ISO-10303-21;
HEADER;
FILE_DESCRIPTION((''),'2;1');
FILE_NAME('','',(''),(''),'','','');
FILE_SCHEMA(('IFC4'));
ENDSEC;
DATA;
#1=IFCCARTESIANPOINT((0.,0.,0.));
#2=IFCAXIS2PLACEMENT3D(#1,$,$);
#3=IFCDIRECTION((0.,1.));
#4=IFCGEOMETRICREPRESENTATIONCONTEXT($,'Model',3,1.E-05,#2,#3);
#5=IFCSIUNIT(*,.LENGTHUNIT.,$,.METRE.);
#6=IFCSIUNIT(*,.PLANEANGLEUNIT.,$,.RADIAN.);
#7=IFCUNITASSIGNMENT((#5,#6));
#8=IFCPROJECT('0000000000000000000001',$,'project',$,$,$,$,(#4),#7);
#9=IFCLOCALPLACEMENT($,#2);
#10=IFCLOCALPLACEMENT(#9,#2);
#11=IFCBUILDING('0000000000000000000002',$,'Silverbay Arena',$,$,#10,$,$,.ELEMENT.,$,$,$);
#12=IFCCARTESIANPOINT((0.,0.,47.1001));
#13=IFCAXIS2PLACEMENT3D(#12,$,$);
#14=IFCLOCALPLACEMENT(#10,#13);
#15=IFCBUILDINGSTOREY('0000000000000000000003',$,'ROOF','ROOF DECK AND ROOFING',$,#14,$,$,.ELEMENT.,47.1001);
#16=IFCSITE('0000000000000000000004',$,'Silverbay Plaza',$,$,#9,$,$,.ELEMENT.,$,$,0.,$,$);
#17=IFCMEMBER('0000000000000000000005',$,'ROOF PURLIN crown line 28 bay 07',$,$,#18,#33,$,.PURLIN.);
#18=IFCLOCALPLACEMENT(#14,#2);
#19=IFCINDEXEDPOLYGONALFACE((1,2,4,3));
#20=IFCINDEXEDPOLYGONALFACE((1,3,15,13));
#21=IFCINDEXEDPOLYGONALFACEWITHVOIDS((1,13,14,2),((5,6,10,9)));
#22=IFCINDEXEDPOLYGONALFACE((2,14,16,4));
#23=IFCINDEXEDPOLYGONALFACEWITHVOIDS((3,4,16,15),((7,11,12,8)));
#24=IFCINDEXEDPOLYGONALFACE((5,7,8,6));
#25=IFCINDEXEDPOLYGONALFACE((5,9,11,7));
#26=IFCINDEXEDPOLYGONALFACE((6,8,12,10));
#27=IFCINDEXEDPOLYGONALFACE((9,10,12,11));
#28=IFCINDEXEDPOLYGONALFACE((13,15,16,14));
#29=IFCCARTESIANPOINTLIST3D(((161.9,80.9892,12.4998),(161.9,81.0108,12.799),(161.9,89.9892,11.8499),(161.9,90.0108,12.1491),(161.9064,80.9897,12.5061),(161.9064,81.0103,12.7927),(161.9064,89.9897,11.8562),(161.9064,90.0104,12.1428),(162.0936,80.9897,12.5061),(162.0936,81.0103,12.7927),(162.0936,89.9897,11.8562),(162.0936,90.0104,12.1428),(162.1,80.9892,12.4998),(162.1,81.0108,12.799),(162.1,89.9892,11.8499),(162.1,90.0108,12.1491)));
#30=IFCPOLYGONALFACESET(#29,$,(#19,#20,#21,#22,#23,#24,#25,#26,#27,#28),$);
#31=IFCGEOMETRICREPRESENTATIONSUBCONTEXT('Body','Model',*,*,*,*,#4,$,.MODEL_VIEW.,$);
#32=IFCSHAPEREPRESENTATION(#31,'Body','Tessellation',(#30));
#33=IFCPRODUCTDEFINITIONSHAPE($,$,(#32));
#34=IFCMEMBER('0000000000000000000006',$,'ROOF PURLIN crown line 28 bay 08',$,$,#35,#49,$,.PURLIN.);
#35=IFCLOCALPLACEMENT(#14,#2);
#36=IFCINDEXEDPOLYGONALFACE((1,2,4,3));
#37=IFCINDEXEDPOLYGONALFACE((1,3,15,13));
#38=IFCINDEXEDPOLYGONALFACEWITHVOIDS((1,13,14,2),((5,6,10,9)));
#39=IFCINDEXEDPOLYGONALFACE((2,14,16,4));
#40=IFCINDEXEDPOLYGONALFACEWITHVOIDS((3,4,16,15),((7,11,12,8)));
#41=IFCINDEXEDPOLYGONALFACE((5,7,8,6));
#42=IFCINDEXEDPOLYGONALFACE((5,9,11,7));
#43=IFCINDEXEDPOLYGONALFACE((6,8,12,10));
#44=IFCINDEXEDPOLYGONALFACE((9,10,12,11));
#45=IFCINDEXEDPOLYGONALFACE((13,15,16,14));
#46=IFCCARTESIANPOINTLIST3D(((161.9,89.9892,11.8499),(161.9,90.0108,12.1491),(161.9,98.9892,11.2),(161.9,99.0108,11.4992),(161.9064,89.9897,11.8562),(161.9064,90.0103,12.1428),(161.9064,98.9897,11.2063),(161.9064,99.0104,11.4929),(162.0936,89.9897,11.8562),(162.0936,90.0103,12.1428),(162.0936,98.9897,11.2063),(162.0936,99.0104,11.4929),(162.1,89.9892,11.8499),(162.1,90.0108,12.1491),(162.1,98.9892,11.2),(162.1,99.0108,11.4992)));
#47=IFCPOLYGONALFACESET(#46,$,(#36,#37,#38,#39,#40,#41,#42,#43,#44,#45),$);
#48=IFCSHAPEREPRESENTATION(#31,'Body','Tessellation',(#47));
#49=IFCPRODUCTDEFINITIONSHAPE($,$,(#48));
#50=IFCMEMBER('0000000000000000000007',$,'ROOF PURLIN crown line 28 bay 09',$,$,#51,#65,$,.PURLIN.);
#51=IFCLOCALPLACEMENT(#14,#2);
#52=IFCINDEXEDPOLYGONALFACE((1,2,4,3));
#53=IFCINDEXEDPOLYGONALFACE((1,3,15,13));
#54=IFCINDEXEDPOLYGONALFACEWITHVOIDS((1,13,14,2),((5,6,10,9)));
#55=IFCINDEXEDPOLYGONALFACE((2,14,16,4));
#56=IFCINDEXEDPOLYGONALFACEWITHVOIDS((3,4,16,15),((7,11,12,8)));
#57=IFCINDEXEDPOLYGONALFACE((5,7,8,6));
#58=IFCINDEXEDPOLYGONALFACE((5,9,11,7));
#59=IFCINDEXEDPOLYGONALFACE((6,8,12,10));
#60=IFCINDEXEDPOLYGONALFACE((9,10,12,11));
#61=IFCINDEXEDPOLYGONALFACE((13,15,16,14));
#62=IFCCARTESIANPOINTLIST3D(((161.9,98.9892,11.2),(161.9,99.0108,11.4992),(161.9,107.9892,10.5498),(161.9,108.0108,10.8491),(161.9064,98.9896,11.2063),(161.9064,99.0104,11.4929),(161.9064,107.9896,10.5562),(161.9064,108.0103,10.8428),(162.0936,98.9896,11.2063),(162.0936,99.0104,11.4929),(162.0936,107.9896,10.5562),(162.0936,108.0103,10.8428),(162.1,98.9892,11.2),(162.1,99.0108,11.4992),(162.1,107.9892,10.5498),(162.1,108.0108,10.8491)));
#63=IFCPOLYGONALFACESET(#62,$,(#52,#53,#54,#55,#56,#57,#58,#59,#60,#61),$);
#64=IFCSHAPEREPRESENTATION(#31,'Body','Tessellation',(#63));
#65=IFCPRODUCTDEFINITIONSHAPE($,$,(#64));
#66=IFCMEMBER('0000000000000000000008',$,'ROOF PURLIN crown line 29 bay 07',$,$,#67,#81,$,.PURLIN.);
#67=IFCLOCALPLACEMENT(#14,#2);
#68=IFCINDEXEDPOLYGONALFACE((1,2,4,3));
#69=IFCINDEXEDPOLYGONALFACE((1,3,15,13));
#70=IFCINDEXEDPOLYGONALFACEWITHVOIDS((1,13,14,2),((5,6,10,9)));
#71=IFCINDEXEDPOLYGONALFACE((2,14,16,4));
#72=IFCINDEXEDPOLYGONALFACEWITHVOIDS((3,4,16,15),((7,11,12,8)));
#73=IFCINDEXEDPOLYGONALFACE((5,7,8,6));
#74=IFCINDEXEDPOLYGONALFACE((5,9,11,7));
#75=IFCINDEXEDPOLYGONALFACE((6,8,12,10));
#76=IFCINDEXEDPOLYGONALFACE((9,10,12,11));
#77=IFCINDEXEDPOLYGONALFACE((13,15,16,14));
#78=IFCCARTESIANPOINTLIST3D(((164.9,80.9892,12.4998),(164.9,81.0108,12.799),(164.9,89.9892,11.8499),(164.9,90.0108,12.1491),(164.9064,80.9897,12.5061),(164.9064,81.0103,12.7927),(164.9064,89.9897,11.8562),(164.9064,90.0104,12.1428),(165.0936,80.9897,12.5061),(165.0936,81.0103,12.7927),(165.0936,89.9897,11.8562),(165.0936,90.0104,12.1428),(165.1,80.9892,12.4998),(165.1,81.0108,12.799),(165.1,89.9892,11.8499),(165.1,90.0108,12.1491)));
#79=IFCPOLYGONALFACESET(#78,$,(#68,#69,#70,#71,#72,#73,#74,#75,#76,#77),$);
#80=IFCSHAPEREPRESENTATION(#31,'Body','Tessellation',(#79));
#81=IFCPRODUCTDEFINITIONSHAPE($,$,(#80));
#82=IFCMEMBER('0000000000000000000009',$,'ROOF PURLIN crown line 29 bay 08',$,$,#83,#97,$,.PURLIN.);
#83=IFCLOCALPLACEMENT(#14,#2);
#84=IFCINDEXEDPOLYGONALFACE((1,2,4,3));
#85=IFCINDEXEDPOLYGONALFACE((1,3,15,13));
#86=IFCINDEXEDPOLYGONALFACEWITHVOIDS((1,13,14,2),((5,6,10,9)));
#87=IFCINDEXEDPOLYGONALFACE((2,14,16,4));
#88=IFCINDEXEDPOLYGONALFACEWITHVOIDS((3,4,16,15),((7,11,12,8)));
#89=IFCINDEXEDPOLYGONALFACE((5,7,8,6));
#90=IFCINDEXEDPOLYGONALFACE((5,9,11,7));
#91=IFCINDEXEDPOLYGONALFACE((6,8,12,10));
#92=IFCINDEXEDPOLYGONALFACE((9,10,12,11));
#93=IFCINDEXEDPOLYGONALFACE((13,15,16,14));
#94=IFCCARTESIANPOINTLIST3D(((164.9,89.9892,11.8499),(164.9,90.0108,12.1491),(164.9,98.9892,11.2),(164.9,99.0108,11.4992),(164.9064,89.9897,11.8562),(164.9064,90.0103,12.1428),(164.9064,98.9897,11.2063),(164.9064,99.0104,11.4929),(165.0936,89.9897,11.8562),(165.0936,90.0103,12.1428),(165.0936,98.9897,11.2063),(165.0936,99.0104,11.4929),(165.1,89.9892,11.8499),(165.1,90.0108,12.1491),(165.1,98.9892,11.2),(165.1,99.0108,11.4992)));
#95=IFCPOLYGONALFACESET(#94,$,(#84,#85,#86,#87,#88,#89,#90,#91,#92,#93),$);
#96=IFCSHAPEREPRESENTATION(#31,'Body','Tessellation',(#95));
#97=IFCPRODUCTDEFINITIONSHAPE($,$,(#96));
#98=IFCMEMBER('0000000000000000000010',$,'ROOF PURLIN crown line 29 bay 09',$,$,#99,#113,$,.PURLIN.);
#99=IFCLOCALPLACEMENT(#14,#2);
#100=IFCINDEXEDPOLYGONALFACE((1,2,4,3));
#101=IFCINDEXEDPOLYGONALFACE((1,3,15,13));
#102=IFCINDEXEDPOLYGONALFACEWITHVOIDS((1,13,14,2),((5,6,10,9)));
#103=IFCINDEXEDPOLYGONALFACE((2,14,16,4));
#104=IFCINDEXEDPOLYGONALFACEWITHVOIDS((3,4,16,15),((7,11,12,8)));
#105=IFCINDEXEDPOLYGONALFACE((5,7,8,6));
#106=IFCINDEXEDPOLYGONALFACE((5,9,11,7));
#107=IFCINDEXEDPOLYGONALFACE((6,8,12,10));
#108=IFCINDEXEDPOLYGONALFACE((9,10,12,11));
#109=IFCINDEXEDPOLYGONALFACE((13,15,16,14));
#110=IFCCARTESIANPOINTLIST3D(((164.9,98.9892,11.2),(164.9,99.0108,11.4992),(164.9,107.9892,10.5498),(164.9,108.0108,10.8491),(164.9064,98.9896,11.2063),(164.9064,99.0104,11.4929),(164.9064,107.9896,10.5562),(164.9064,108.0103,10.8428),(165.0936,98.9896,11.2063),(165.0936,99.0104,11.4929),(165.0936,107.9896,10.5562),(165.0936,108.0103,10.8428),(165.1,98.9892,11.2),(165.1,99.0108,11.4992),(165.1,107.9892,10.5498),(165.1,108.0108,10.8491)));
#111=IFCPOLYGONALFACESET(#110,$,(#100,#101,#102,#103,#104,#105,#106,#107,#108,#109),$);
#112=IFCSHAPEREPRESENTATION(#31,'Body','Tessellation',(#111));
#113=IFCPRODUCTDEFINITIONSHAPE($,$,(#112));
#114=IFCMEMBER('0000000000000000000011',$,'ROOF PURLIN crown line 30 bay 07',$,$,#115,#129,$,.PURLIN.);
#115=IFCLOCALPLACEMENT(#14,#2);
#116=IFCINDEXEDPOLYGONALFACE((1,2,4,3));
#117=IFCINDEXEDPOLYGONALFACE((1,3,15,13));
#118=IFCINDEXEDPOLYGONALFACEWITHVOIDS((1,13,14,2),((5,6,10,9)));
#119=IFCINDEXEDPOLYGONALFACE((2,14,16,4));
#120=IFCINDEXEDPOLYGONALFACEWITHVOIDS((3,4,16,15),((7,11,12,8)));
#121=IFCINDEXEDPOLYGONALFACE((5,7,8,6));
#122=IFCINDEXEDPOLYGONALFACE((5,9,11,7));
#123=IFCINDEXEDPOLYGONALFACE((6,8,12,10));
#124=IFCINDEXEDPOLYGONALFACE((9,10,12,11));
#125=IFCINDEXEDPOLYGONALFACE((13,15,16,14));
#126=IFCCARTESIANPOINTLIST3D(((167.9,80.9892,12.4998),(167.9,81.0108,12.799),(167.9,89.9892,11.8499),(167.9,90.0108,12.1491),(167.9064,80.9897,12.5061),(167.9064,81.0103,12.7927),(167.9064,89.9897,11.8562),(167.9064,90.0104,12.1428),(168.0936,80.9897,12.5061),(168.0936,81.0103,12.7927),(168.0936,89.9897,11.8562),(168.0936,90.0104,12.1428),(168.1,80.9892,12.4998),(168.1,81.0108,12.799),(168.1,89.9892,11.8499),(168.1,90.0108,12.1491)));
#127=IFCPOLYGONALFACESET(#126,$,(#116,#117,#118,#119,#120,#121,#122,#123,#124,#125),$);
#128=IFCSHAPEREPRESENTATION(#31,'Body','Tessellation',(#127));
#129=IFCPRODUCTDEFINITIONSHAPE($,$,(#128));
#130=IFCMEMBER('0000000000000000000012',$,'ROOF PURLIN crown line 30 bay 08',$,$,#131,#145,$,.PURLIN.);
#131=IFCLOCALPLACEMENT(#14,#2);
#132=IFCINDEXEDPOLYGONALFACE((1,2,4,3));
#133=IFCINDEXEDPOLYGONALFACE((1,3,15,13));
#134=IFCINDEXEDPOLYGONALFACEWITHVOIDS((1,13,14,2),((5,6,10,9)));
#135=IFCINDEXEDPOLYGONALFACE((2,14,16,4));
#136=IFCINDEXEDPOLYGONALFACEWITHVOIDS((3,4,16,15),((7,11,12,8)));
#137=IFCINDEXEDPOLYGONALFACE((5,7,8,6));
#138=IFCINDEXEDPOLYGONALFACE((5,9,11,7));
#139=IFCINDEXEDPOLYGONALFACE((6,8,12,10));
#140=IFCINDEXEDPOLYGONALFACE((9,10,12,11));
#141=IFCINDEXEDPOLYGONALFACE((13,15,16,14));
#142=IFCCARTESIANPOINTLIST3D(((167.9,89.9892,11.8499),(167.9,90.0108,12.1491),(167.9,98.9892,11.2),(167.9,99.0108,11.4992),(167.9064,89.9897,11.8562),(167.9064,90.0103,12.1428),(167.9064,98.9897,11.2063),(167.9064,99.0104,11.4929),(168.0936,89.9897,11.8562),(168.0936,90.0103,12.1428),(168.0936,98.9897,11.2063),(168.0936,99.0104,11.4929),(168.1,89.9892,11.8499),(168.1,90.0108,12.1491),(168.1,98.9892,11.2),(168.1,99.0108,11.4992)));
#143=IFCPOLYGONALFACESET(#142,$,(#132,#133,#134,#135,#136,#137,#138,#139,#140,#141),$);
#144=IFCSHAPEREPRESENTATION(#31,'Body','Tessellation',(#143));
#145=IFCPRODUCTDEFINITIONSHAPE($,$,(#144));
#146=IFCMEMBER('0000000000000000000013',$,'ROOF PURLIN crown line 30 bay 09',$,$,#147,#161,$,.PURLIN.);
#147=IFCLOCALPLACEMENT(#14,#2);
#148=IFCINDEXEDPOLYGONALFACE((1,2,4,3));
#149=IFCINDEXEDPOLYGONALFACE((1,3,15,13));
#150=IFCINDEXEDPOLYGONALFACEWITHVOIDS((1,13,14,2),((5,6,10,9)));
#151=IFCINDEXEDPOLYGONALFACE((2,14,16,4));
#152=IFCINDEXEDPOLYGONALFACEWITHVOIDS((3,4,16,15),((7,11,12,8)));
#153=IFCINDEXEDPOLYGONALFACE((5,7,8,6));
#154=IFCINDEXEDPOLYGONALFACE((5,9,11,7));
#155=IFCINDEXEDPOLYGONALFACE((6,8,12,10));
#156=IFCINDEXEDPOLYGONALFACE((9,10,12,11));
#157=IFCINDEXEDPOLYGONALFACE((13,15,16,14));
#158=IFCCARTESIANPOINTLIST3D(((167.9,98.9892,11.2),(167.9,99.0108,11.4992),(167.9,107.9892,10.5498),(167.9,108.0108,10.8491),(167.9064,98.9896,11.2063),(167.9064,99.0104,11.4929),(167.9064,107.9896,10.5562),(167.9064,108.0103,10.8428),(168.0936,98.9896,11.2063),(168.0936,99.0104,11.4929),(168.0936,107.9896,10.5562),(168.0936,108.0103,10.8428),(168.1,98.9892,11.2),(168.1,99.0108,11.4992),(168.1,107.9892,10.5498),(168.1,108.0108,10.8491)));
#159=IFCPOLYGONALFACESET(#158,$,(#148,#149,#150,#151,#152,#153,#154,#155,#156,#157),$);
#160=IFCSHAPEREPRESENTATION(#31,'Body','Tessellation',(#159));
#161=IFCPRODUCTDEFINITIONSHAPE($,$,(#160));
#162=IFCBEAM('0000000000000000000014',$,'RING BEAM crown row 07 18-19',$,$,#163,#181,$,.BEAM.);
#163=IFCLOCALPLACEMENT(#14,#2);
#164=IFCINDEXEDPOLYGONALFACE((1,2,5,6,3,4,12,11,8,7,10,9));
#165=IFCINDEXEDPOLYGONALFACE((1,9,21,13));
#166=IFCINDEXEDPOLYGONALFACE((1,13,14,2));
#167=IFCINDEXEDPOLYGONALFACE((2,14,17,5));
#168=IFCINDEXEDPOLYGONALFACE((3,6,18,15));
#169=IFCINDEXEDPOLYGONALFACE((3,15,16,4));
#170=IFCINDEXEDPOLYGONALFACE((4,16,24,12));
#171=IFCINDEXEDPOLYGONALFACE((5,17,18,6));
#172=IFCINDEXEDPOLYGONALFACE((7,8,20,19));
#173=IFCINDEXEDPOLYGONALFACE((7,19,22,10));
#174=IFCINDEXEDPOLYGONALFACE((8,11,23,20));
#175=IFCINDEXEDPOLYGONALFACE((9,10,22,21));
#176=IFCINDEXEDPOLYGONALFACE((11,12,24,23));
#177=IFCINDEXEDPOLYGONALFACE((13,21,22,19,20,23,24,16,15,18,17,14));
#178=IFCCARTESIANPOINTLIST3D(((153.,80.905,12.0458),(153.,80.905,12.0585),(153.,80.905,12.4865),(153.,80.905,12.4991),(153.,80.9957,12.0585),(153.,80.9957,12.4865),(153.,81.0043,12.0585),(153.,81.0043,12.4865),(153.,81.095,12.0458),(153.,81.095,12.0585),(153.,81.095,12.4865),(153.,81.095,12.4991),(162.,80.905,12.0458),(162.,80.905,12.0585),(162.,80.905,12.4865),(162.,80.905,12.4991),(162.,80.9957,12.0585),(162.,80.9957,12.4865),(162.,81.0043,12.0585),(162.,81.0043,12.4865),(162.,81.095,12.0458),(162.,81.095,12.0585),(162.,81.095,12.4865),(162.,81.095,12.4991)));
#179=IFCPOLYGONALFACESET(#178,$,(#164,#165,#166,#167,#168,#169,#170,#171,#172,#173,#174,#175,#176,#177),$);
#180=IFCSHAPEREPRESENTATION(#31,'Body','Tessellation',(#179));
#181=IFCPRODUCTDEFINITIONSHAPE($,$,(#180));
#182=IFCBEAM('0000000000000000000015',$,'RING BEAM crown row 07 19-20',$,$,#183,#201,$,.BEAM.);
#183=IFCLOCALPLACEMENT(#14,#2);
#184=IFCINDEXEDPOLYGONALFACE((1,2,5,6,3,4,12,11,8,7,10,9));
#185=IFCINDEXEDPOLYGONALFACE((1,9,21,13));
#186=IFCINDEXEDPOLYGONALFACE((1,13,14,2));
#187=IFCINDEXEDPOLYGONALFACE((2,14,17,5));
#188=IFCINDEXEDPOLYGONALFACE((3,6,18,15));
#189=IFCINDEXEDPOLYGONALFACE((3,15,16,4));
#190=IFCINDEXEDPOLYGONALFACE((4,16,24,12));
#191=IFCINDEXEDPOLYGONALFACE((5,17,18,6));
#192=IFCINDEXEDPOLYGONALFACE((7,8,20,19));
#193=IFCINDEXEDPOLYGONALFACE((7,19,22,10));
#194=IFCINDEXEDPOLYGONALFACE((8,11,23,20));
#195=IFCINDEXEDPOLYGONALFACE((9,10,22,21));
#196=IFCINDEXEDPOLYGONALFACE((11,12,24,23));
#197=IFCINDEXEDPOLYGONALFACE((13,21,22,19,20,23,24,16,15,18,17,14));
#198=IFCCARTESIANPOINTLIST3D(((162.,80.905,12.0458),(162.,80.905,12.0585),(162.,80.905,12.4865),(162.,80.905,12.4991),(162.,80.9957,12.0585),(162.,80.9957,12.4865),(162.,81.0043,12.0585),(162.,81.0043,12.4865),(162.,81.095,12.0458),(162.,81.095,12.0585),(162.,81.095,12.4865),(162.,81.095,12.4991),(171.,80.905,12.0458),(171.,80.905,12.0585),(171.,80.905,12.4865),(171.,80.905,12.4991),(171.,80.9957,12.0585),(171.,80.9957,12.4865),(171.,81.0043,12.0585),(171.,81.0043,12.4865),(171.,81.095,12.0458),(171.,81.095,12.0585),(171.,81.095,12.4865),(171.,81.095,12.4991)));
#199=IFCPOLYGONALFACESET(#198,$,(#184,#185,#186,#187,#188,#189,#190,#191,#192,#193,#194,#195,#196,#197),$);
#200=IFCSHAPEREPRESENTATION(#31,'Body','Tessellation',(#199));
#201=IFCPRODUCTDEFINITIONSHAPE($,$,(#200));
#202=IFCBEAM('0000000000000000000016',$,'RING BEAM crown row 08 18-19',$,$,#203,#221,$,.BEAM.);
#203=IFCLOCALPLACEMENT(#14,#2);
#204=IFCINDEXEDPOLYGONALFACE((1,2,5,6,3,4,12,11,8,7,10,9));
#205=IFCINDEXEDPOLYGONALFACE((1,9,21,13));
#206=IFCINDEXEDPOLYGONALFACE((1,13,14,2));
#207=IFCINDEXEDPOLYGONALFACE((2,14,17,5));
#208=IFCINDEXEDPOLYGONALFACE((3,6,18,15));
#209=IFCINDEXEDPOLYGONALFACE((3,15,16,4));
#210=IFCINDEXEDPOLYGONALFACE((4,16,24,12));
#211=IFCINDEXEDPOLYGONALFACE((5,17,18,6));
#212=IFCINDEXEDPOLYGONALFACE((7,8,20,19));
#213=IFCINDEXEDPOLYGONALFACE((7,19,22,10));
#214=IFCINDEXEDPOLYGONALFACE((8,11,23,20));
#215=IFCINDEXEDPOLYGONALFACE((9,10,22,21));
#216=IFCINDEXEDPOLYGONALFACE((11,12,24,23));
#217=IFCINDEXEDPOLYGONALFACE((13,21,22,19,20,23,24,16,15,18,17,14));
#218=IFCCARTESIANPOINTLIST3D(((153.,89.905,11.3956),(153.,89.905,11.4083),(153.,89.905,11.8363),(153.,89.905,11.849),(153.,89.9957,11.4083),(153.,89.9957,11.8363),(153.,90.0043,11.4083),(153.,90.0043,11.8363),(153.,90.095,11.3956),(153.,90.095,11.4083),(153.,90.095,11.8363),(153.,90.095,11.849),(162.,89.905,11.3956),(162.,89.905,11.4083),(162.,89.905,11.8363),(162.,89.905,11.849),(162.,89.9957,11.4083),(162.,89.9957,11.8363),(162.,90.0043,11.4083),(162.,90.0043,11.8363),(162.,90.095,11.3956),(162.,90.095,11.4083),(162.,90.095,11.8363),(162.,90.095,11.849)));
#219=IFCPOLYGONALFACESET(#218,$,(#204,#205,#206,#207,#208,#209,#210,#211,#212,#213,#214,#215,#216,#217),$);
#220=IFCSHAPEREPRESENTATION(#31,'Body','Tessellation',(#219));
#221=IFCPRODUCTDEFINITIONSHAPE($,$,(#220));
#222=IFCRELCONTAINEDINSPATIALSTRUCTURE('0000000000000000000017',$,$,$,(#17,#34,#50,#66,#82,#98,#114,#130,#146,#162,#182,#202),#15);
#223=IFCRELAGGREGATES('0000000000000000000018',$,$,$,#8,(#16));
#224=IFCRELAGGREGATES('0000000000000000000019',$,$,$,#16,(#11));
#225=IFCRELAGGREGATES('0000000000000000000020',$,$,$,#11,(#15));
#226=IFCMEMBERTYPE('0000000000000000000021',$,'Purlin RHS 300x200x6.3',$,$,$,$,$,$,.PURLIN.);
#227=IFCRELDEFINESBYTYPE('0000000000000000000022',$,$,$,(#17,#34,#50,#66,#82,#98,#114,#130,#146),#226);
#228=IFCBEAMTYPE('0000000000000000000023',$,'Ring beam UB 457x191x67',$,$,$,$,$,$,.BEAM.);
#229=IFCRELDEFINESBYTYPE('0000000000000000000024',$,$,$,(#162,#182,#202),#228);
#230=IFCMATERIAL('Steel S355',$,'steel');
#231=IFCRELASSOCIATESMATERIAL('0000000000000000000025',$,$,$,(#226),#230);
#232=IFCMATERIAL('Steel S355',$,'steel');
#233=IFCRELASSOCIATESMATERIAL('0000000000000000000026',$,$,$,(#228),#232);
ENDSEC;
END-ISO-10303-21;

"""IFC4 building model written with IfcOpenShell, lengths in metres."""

from ifc_helpers import new_model, si_unit, direction, frame, origin, origin_2d, place, context, subcontext, project, spatial, hollow_rectangle, i_section, extrude, material, material_profile, profile_set, type_object, element, save


model = new_model("IFC4")

# Units and contexts
model_context = context("Model", 3, precision=1e-05, world=origin(), true_north=direction((0.0, 1.0)))
body_context = subcontext(model_context, "Body", "Model", "MODEL_VIEW")
ifc_project = project(units=[si_unit("LENGTHUNIT", "METRE"), si_unit("PLANEANGLEUNIT", "RADIAN")], contexts=[model_context])

# Site, building, storey
site_placement = place(None, origin())
site = spatial("IfcSite", under=ifc_project, at=site_placement, Name="Silverbay Plaza", CompositionType="ELEMENT", RefElevation=0.0)
building_placement = place(site_placement, origin())
building = spatial("IfcBuilding", under=site, at=building_placement, Name="Silverbay Arena", CompositionType="ELEMENT")
storey_placement = place(building_placement, frame((0.0, 0.0, 47.1001)))
storey = spatial("IfcBuildingStorey", under=building, at=storey_placement, Name="ROOF", Description="ROOF DECK AND ROOFING", CompositionType="ELEMENT", Elevation=47.1001)

# Members
ifc_material_1 = material(Name="Steel S355", Category="steel")
ifc_material_profile_1 = material_profile(ifc_material_1, hollow_rectangle(XDim=0.2, YDim=0.3, WallThickness=0.0063, at=origin_2d()), Name="RHS 300x200x6.3")
ifc_profile_set_1 = profile_set([ifc_material_profile_1], Name="Steel S355")
member_type_1 = type_object("IfcMemberType", Name="Purlin RHS 300x200x6.3", PredefinedType="PURLIN", material=ifc_profile_set_1)
for number, where, z_axis, x_axis, name in (
    (1, (162.0, 81.0, 12.6494), (0.0, 0.997403, -0.072024), (-1.0, 0.0, 0.0), "ROOF PURLIN crown line 28 bay 07"),
    (2, (162.0, 90.0, 11.9995), (0.0, 0.997403, -0.072024), (-1.0, 0.0, 0.0), "ROOF PURLIN crown line 28 bay 08"),
    (3, (162.0, 99.0, 11.3496), (0.0, 0.997401, -0.072051), (-1.0, 0.0, 0.0), "ROOF PURLIN crown line 28 bay 09"),
    (4, (165.0, 81.0, 12.6494), (0.0, 0.997403, -0.072024), (-1.0, 0.0, 0.0), "ROOF PURLIN crown line 29 bay 07"),
    (5, (165.0, 90.0, 11.9995), (0.0, 0.997403, -0.072024), (-1.0, 0.0, 0.0), "ROOF PURLIN crown line 29 bay 08"),
    (6, (165.0, 99.0, 11.3496), (0.0, 0.997401, -0.072051), (-1.0, 0.0, 0.0), "ROOF PURLIN crown line 29 bay 09"),
    (7, (168.0, 81.0, 12.6494), (0.0, 0.997403, -0.072024), (-1.0, 0.0, 0.0), "ROOF PURLIN crown line 30 bay 07"),
    (8, (168.0, 90.0, 11.9995), (0.0, 0.997403, -0.072024), (-1.0, 0.0, 0.0), "ROOF PURLIN crown line 30 bay 08"),
    (9, (168.0, 99.0, 11.3496), (0.0, 0.997401, -0.072051), (-1.0, 0.0, 0.0), "ROOF PURLIN crown line 30 bay 09"),
):
    element("IfcMember", number, at=place(storey_placement, frame(where, z_axis=z_axis, x_axis=x_axis)), inside=storey, type_object=member_type_1, Name=name, PredefinedType="PURLIN", context=body_context, shape_type="SweptSolid", body=[
        extrude(hollow_rectangle(XDim=0.2, YDim=0.3, WallThickness=0.0063, at=origin_2d()), origin(), (0.0, 0.0, 1.0), 9.0234),
    ])

# Beams
ifc_material_2 = material(Name="Steel S355", Category="steel")
ifc_material_profile_2 = material_profile(ifc_material_2, i_section(OverallWidth=0.1899, OverallDepth=0.4534, WebThickness=0.0085, FlangeThickness=0.0127, at=origin_2d()), Name="UB 457x191x67")
ifc_profile_set_2 = profile_set([ifc_material_profile_2], Name="Steel S355")
beam_type = type_object("IfcBeamType", Name="Ring beam UB 457x191x67", PredefinedType="BEAM", material=ifc_profile_set_2)
for number, where, z_axis, x_axis, name in (
    (10, (153.0, 81.0, 12.2725), (1.0, 0.0, 0.0), (0.0, 1.0, 0.0), "RING BEAM crown row 07 18-19"),
    (11, (162.0, 81.0, 12.2725), (1.0, 0.0, 0.0), (0.0, 1.0, 0.0), "RING BEAM crown row 07 19-20"),
    (12, (153.0, 90.0, 11.6223), (1.0, 0.0, 0.0), (0.0, 1.0, 0.0), "RING BEAM crown row 08 18-19"),
):
    element("IfcBeam", number, at=place(storey_placement, frame(where, z_axis=z_axis, x_axis=x_axis)), inside=storey, type_object=beam_type, Name=name, PredefinedType="BEAM", context=body_context, shape_type="SweptSolid", body=[
        extrude(i_section(OverallWidth=0.1899, OverallDepth=0.4534, WebThickness=0.0085, FlangeThickness=0.0127, at=origin_2d()), origin(), (0.0, 0.0, 1.0), 9.0),
    ])

save(model, "model.ifc")
